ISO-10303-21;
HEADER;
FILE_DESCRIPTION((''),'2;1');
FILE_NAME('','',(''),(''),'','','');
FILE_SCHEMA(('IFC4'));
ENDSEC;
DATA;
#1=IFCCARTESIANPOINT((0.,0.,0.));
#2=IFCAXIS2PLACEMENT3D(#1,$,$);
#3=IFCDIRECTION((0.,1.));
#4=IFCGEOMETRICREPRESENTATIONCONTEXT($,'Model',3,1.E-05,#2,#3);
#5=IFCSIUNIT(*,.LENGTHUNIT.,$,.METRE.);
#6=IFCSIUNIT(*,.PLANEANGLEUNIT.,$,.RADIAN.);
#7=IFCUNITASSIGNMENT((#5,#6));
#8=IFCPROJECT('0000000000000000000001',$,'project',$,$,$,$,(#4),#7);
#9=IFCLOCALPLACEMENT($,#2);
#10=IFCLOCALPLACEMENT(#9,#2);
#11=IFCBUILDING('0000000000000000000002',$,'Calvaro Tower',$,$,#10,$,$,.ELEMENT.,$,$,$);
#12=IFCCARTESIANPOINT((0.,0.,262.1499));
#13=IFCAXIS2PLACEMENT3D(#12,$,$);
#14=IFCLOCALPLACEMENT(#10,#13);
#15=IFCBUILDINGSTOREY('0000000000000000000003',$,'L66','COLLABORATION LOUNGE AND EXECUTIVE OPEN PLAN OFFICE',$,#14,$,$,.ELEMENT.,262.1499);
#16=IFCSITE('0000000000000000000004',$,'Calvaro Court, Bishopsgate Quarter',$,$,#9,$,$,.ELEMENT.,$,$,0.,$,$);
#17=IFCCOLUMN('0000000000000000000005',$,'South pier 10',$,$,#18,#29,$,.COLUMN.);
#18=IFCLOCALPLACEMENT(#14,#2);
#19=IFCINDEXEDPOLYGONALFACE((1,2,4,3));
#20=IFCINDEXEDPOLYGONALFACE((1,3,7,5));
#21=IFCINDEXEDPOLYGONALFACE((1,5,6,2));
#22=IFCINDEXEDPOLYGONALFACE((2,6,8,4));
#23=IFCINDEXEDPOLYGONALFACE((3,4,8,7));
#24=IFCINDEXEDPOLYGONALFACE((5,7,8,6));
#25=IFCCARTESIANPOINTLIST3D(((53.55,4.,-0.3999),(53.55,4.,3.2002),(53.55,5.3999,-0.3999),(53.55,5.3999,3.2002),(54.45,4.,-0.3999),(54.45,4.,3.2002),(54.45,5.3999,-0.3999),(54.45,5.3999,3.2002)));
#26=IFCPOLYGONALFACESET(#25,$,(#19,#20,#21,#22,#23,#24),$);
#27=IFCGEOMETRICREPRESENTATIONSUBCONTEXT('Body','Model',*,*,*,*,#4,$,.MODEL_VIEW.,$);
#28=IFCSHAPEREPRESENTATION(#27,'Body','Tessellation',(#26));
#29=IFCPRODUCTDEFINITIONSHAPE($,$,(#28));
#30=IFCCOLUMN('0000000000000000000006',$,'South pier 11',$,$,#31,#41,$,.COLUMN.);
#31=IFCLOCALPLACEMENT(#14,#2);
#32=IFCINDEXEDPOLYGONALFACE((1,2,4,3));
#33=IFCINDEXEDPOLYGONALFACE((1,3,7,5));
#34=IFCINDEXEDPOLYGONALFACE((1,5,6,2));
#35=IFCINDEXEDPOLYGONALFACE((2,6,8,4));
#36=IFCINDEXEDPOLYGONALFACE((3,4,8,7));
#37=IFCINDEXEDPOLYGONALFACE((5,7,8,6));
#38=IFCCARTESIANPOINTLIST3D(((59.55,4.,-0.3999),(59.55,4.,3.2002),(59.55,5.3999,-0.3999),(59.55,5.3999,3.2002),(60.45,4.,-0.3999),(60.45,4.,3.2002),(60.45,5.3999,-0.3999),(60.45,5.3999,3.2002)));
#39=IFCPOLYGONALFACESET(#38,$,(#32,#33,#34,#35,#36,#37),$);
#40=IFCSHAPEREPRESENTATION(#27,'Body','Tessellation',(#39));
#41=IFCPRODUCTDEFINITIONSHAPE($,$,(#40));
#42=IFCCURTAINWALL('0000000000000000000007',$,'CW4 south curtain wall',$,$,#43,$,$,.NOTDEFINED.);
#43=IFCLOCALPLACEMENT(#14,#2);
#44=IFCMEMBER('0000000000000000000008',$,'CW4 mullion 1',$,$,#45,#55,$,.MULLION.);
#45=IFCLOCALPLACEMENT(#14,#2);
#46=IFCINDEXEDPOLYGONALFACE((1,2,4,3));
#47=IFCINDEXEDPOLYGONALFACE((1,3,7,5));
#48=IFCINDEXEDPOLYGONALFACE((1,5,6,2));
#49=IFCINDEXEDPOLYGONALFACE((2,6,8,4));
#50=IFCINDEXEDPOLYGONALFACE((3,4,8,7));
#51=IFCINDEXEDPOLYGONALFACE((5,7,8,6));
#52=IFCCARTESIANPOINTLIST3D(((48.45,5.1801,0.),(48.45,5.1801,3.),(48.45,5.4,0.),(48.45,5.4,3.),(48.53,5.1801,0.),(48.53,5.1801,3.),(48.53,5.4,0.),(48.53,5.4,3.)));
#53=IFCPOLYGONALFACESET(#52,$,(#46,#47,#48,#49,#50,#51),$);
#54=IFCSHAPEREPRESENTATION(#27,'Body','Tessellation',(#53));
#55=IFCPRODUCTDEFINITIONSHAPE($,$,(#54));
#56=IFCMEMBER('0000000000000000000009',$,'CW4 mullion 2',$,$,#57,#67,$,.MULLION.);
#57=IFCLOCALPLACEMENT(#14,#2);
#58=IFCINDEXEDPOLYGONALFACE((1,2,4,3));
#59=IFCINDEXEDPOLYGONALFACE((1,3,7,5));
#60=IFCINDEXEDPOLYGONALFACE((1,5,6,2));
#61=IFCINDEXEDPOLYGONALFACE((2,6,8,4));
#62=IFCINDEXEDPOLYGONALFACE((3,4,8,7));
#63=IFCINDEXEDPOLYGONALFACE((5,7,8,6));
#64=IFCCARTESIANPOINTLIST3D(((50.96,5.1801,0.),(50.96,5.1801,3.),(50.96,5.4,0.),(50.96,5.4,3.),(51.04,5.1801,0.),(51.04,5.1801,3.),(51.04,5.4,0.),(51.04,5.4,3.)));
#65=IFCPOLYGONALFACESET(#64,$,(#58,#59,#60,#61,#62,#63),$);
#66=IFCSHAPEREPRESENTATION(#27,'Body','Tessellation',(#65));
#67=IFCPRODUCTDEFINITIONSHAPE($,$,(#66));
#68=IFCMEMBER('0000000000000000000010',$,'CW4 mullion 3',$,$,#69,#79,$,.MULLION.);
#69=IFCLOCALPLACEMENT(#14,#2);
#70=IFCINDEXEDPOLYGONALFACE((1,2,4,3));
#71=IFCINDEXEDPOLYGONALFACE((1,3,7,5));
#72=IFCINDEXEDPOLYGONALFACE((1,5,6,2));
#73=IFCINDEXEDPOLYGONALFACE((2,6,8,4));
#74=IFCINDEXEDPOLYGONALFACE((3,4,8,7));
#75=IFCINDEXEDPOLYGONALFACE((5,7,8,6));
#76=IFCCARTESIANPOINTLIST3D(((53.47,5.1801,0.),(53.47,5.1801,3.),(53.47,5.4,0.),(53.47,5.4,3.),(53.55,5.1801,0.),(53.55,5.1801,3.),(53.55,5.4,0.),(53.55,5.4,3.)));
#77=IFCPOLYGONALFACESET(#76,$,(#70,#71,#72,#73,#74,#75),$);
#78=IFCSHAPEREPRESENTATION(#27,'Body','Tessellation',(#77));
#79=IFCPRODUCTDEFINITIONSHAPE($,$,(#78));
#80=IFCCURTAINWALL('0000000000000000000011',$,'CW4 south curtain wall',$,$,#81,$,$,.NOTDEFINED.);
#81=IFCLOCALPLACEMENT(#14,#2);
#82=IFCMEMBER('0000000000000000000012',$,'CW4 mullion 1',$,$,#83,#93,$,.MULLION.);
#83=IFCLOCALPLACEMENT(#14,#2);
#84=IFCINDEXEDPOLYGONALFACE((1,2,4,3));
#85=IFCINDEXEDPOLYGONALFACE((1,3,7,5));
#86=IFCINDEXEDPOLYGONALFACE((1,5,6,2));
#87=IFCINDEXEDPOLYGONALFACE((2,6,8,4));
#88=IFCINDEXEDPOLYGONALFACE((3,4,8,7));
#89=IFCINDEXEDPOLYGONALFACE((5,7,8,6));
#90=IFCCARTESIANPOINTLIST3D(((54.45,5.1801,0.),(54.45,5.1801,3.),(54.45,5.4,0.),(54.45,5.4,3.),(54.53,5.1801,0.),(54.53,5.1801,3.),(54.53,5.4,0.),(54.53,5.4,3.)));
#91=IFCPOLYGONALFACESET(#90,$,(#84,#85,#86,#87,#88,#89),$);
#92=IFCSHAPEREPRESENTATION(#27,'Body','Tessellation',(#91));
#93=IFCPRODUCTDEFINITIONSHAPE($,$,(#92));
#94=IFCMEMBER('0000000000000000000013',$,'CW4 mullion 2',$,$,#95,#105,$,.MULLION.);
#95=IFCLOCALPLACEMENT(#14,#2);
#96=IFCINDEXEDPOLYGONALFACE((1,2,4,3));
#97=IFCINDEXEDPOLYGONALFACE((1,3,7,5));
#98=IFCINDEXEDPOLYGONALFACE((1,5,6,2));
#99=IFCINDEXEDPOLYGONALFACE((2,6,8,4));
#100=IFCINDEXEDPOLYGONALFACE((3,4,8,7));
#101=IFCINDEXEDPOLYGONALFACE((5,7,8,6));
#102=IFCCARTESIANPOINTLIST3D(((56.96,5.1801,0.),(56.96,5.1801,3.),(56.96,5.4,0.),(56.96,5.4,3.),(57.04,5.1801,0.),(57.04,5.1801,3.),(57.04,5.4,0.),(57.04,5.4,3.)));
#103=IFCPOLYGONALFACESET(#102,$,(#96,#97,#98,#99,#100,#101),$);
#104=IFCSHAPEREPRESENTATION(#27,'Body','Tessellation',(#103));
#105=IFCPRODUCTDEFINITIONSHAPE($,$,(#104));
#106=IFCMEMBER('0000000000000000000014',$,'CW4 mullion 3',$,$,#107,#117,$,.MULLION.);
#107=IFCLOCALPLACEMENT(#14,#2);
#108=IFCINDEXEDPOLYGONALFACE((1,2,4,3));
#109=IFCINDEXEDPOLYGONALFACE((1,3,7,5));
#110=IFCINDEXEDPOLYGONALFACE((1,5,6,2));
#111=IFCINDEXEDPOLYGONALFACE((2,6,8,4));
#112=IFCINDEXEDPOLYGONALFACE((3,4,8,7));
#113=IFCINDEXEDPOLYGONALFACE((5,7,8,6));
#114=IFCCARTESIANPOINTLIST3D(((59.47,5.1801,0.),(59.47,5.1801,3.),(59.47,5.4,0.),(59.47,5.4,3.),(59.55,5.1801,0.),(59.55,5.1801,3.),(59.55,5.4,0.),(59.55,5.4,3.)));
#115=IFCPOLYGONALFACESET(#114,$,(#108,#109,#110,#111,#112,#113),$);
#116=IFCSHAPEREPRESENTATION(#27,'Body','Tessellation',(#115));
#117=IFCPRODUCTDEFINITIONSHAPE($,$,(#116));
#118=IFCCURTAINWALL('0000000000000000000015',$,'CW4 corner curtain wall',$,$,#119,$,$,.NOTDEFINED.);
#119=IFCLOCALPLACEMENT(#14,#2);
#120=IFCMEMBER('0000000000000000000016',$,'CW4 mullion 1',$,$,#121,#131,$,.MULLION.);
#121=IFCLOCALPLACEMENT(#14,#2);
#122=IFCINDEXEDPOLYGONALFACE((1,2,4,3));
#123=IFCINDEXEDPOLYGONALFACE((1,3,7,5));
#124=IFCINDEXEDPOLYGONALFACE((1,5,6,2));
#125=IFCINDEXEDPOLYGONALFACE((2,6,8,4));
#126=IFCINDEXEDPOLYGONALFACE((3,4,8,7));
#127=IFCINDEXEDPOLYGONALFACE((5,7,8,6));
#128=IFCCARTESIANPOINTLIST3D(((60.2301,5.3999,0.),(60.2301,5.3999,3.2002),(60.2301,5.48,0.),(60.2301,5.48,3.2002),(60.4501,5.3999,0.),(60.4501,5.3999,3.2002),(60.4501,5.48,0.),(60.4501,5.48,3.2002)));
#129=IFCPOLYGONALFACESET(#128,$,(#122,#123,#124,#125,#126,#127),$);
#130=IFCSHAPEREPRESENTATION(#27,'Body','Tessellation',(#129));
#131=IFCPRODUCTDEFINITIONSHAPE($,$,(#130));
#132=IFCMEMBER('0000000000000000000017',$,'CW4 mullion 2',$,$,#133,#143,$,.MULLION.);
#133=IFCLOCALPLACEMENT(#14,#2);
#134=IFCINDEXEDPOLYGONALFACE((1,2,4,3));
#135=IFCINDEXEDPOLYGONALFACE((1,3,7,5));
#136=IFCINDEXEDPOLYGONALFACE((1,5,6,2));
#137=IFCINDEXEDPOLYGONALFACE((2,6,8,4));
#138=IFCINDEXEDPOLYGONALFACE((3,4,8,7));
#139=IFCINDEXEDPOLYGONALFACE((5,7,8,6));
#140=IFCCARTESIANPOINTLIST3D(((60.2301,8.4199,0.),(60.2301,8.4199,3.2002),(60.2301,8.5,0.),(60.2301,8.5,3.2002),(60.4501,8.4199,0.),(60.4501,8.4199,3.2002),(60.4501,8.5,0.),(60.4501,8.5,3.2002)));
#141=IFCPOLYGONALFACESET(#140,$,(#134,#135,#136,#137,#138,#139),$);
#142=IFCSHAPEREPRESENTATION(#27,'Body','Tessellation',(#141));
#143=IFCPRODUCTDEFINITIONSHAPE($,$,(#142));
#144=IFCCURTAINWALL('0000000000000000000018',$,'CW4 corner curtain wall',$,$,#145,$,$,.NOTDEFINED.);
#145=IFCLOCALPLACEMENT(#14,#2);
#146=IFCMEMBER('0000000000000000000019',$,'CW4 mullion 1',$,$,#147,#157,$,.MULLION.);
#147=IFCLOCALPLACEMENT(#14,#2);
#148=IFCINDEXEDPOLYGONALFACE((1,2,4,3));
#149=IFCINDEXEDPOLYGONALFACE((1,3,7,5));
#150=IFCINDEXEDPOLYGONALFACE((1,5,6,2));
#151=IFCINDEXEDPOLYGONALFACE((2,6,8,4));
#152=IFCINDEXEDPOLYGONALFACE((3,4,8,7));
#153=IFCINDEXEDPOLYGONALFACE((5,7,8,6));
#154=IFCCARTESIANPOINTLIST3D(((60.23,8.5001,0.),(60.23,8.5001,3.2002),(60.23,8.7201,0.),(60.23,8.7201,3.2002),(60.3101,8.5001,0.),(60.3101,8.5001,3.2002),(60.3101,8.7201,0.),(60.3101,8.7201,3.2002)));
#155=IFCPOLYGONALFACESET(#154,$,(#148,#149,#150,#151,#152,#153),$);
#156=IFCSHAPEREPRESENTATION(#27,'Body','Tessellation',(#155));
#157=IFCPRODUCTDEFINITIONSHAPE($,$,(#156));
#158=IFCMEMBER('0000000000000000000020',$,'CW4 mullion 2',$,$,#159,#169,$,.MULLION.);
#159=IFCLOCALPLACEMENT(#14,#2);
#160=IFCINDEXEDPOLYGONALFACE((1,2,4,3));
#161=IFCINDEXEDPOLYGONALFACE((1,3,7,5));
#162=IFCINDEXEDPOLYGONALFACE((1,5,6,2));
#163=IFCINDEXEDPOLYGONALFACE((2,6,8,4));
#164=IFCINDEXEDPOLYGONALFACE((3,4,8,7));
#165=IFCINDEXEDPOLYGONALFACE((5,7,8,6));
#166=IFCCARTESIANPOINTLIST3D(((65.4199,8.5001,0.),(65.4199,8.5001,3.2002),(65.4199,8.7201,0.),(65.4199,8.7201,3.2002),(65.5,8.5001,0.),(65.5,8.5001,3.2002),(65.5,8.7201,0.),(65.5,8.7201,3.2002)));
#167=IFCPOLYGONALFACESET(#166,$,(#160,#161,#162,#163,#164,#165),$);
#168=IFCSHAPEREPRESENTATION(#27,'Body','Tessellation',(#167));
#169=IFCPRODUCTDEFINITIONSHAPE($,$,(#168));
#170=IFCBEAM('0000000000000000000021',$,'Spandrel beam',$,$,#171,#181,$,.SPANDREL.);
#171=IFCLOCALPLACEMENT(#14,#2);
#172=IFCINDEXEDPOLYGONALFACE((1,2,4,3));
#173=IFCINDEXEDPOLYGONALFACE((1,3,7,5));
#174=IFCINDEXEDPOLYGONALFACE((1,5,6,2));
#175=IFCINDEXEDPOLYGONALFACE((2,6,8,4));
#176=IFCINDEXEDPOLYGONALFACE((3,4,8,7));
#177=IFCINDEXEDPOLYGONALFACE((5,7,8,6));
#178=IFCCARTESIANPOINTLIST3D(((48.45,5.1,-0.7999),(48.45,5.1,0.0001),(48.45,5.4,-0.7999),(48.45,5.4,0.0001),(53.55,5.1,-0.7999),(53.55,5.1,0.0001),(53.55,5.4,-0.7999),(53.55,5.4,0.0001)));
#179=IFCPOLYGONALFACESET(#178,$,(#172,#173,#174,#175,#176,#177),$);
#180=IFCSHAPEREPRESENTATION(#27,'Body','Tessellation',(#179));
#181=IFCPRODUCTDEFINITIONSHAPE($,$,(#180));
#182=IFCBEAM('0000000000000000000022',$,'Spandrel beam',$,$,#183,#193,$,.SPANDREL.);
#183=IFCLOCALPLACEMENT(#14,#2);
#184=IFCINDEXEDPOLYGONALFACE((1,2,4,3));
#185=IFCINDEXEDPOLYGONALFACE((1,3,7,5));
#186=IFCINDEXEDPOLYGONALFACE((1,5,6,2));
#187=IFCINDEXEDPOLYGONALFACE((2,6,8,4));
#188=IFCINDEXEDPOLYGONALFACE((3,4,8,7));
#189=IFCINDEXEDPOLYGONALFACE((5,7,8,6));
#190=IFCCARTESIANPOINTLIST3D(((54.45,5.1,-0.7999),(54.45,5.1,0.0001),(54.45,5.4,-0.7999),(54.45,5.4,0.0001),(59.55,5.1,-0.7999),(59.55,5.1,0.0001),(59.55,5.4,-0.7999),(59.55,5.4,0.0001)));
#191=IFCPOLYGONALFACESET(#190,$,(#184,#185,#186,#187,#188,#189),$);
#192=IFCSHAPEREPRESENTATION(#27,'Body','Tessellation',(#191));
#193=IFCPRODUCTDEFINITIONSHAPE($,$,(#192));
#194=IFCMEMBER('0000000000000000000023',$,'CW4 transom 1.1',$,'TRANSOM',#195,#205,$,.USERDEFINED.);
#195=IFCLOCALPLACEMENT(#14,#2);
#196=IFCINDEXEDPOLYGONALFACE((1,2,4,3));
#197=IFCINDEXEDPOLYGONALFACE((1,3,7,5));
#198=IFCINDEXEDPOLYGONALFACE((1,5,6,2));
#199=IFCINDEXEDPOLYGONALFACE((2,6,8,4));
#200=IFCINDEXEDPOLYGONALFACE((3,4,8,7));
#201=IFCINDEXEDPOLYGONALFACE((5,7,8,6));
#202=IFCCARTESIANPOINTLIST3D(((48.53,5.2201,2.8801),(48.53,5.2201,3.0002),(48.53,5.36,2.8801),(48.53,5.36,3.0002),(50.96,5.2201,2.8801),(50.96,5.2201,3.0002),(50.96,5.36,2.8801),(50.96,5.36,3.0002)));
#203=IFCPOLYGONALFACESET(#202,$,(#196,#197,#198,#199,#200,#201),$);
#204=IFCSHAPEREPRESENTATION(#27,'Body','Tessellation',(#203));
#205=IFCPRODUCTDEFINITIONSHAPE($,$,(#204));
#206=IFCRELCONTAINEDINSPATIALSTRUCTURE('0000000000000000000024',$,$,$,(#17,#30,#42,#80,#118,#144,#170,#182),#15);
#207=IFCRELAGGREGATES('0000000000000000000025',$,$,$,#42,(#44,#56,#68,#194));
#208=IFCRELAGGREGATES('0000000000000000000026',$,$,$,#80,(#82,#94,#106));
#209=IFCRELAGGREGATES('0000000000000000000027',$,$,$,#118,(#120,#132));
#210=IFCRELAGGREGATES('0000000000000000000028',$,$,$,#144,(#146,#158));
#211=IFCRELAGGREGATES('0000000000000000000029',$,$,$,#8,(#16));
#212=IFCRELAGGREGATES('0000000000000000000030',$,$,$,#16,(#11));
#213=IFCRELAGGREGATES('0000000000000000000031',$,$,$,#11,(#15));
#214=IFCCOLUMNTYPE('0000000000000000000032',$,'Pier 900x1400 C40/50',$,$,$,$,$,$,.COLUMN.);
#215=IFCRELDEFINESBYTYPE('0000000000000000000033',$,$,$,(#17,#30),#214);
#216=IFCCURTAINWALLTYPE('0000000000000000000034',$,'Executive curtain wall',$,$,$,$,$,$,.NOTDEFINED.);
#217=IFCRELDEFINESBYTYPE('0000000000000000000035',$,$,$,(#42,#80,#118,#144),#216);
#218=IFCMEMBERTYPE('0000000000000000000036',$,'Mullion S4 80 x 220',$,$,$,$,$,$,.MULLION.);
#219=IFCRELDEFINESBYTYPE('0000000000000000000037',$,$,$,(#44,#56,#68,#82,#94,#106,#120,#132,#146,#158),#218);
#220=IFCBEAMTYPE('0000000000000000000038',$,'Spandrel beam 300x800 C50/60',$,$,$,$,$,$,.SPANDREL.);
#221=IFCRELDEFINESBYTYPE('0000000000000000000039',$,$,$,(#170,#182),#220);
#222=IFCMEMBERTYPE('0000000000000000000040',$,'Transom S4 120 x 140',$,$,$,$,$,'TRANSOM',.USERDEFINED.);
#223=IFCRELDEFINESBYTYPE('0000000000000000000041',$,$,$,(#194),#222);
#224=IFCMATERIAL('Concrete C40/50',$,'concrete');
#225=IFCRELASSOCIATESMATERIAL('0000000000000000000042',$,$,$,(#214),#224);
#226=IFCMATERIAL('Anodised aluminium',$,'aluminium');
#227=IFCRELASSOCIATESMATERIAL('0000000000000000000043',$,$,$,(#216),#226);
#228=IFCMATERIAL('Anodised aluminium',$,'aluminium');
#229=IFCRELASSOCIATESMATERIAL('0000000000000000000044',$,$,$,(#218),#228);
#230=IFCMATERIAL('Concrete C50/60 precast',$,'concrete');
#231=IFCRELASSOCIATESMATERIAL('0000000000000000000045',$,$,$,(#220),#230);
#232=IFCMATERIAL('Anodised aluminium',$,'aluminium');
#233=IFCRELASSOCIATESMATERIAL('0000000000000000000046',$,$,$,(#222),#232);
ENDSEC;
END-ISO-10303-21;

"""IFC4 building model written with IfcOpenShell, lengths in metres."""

from ifc_helpers import new_model, si_unit, direction, frame, origin, origin_2d, place, context, subcontext, project, spatial, rectangle, extrude, material, material_profile, profile_set, type_object, element, aggregate, save


model = new_model("IFC4")

# Units and contexts
model_context = context("Model", 3, precision=1e-05, world=origin(), true_north=direction((0.0, 1.0)))
body_context = subcontext(model_context, "Body", "Model", "MODEL_VIEW")
ifc_project = project(units=[si_unit("LENGTHUNIT", "METRE"), si_unit("PLANEANGLEUNIT", "RADIAN")], contexts=[model_context])

# Site, building, storey
site_placement = place(None, origin())
site = spatial("IfcSite", under=ifc_project, at=site_placement, Name="Calvaro Court, Bishopsgate Quarter", CompositionType="ELEMENT", RefElevation=0.0)
building_placement = place(site_placement, origin())
building = spatial("IfcBuilding", under=site, at=building_placement, Name="Calvaro Tower", CompositionType="ELEMENT")
storey_placement = place(building_placement, frame((0.0, 0.0, 262.1499)))
storey = spatial("IfcBuildingStorey", under=building, at=storey_placement, Name="L66", Description="COLLABORATION LOUNGE AND EXECUTIVE OPEN PLAN OFFICE", CompositionType="ELEMENT", Elevation=262.1499)

# Columns
ifc_material_1 = material(Name="Concrete C40/50", Category="concrete")
ifc_material_profile_1 = material_profile(ifc_material_1, rectangle(XDim=0.8999, YDim=1.3999, at=origin_2d()), Name="RC 900x1400")
ifc_profile_set_1 = profile_set([ifc_material_profile_1], Name="Concrete C40/50")
column_type = type_object("IfcColumnType", Name="Pier 900x1400 C40/50", PredefinedType="COLUMN", material=ifc_profile_set_1)
for number, where, z_axis, x_axis, name in (
    (1, (54.0, 4.7, -0.3999), (0.0, 0.0, 1.0), (1.0, 0.0, 0.0), "South pier 10"),
    (2, (60.0, 4.7, -0.3999), (0.0, 0.0, 1.0), (1.0, 0.0, 0.0), "South pier 11"),
):
    element("IfcColumn", number, at=place(storey_placement, frame(where, z_axis=z_axis, x_axis=x_axis)), inside=storey, type_object=column_type, Name=name, PredefinedType="COLUMN", context=body_context, shape_type="SweptSolid", body=[
        extrude(rectangle(XDim=0.8999, YDim=1.3999, at=origin_2d()), origin(), (0.0, 0.0, 1.0), 3.6001),
    ])

# Curtain walls, members
ifc_material_2 = material(Name="Anodised aluminium", Category="aluminium")
curtain_wall_type = type_object("IfcCurtainWallType", Name="Executive curtain wall", PredefinedType="NOTDEFINED", material=ifc_material_2)
curtain_wall_1_placement = place(storey_placement, origin())
curtain_wall_1 = element("IfcCurtainWall", 3, at=curtain_wall_1_placement, inside=storey, type_object=curtain_wall_type, Name="CW4 south curtain wall", PredefinedType="NOTDEFINED")
ifc_material_3 = material(Name="Anodised aluminium", Category="aluminium")
ifc_material_profile_2 = material_profile(ifc_material_3, rectangle(XDim=0.22, YDim=0.0801, at=origin_2d()), Name="Mullion S4 80 x 220")
ifc_profile_set_2 = profile_set([ifc_material_profile_2], Name="Anodised aluminium")
member_type_1 = type_object("IfcMemberType", Name="Mullion S4 80 x 220", PredefinedType="MULLION", material=ifc_profile_set_2)
member_1_placement = place(storey_placement, frame((48.49, 5.29, 0.0), z_axis=(0.0, 0.0, 1.0), x_axis=(0.0, 1.0, 0.0)))
member_1 = element("IfcMember", 4, at=member_1_placement, type_object=member_type_1, Name="CW4 mullion 1", PredefinedType="MULLION", context=body_context, shape_type="SweptSolid", body=[
    extrude(rectangle(XDim=0.22, YDim=0.0801, at=origin_2d()), origin(), (0.0, 0.0, 1.0), 3.0),
])
member_2_placement = place(storey_placement, frame((51.0, 5.29, 0.0), z_axis=(0.0, 0.0, 1.0), x_axis=(0.0, 1.0, 0.0)))
member_2 = element("IfcMember", 5, at=member_2_placement, type_object=member_type_1, Name="CW4 mullion 2", PredefinedType="MULLION", context=body_context, shape_type="SweptSolid", body=[
    extrude(rectangle(XDim=0.22, YDim=0.0801, at=origin_2d()), origin(), (0.0, 0.0, 1.0), 3.0),
])
member_3_placement = place(storey_placement, frame((53.51, 5.29, 0.0), z_axis=(0.0, 0.0, 1.0), x_axis=(0.0, 1.0, 0.0)))
member_3 = element("IfcMember", 6, at=member_3_placement, type_object=member_type_1, Name="CW4 mullion 3", PredefinedType="MULLION", context=body_context, shape_type="SweptSolid", body=[
    extrude(rectangle(XDim=0.22, YDim=0.0801, at=origin_2d()), origin(), (0.0, 0.0, 1.0), 3.0),
])
curtain_wall_2_placement = place(storey_placement, origin())
curtain_wall_2 = element("IfcCurtainWall", 7, at=curtain_wall_2_placement, inside=storey, type_object=curtain_wall_type, Name="CW4 south curtain wall", PredefinedType="NOTDEFINED")
member_4_placement = place(storey_placement, frame((54.49, 5.29, 0.0), z_axis=(0.0, 0.0, 1.0), x_axis=(0.0, 1.0, 0.0)))
member_4 = element("IfcMember", 8, at=member_4_placement, type_object=member_type_1, Name="CW4 mullion 1", PredefinedType="MULLION", context=body_context, shape_type="SweptSolid", body=[
    extrude(rectangle(XDim=0.22, YDim=0.0801, at=origin_2d()), origin(), (0.0, 0.0, 1.0), 3.0),
])
member_5_placement = place(storey_placement, frame((57.0, 5.29, 0.0), z_axis=(0.0, 0.0, 1.0), x_axis=(0.0, 1.0, 0.0)))
member_5 = element("IfcMember", 9, at=member_5_placement, type_object=member_type_1, Name="CW4 mullion 2", PredefinedType="MULLION", context=body_context, shape_type="SweptSolid", body=[
    extrude(rectangle(XDim=0.22, YDim=0.0801, at=origin_2d()), origin(), (0.0, 0.0, 1.0), 3.0),
])
member_6_placement = place(storey_placement, frame((59.51, 5.29, 0.0), z_axis=(0.0, 0.0, 1.0), x_axis=(0.0, 1.0, 0.0)))
member_6 = element("IfcMember", 10, at=member_6_placement, type_object=member_type_1, Name="CW4 mullion 3", PredefinedType="MULLION", context=body_context, shape_type="SweptSolid", body=[
    extrude(rectangle(XDim=0.22, YDim=0.0801, at=origin_2d()), origin(), (0.0, 0.0, 1.0), 3.0),
])
curtain_wall_3_placement = place(storey_placement, origin())
curtain_wall_3 = element("IfcCurtainWall", 11, at=curtain_wall_3_placement, inside=storey, type_object=curtain_wall_type, Name="CW4 corner curtain wall", PredefinedType="NOTDEFINED")
member_7_placement = place(storey_placement, frame((60.3401, 5.4399, 0.0), z_axis=(0.0, 0.0, 1.0), x_axis=(-1.0, 0.0, 0.0)))
member_7 = element("IfcMember", 12, at=member_7_placement, type_object=member_type_1, Name="CW4 mullion 1", PredefinedType="MULLION", context=body_context, shape_type="SweptSolid", body=[
    extrude(rectangle(XDim=0.22, YDim=0.0801, at=origin_2d()), origin(), (0.0, 0.0, 1.0), 3.2002),
])
member_8_placement = place(storey_placement, frame((60.3401, 8.46, 0.0), z_axis=(0.0, 0.0, 1.0), x_axis=(-1.0, 0.0, 0.0)))
member_8 = element("IfcMember", 13, at=member_8_placement, type_object=member_type_1, Name="CW4 mullion 2", PredefinedType="MULLION", context=body_context, shape_type="SweptSolid", body=[
    extrude(rectangle(XDim=0.22, YDim=0.0801, at=origin_2d()), origin(), (0.0, 0.0, 1.0), 3.2002),
])
curtain_wall_4_placement = place(storey_placement, origin())
curtain_wall_4 = element("IfcCurtainWall", 14, at=curtain_wall_4_placement, inside=storey, type_object=curtain_wall_type, Name="CW4 corner curtain wall", PredefinedType="NOTDEFINED")
member_9_placement = place(storey_placement, frame((60.27, 8.6101, 0.0), z_axis=(0.0, 0.0, 1.0), x_axis=(0.0, 1.0, 0.0)))
member_9 = element("IfcMember", 15, at=member_9_placement, type_object=member_type_1, Name="CW4 mullion 1", PredefinedType="MULLION", context=body_context, shape_type="SweptSolid", body=[
    extrude(rectangle(XDim=0.22, YDim=0.0801, at=origin_2d()), origin(), (0.0, 0.0, 1.0), 3.2002),
])
member_10_placement = place(storey_placement, frame((65.46, 8.6101, 0.0), z_axis=(0.0, 0.0, 1.0), x_axis=(0.0, 1.0, 0.0)))
member_10 = element("IfcMember", 16, at=member_10_placement, type_object=member_type_1, Name="CW4 mullion 2", PredefinedType="MULLION", context=body_context, shape_type="SweptSolid", body=[
    extrude(rectangle(XDim=0.22, YDim=0.0801, at=origin_2d()), origin(), (0.0, 0.0, 1.0), 3.2002),
])

# Beams
ifc_material_4 = material(Name="Concrete C50/60 precast", Category="concrete")
ifc_material_profile_3 = material_profile(ifc_material_4, rectangle(XDim=0.3, YDim=0.8, at=origin_2d()), Name="RC 300x800")
ifc_profile_set_3 = profile_set([ifc_material_profile_3], Name="Concrete C50/60 precast")
beam_type = type_object("IfcBeamType", Name="Spandrel beam 300x800 C50/60", PredefinedType="SPANDREL", material=ifc_profile_set_3)
for number, where, z_axis, x_axis, name in (
    (17, (48.45, 5.25, -0.3999), (1.0, 0.0, 0.0), (0.0, 1.0, 0.0), "Spandrel beam"),
    (18, (54.45, 5.25, -0.3999), (1.0, 0.0, 0.0), (0.0, 1.0, 0.0), "Spandrel beam"),
):
    element("IfcBeam", number, at=place(storey_placement, frame(where, z_axis=z_axis, x_axis=x_axis)), inside=storey, type_object=beam_type, Name=name, PredefinedType="SPANDREL", context=body_context, shape_type="SweptSolid", body=[
        extrude(rectangle(XDim=0.3, YDim=0.8, at=origin_2d()), origin(), (0.0, 0.0, 1.0), 5.1001),
    ])

# Member
ifc_material_5 = material(Name="Anodised aluminium", Category="aluminium")
ifc_material_profile_4 = material_profile(ifc_material_5, rectangle(XDim=0.1399, YDim=0.1201, at=origin_2d()), Name="Transom S4 120 x 140")
ifc_profile_set_4 = profile_set([ifc_material_profile_4], Name="Anodised aluminium")
member_type_2 = type_object("IfcMemberType", Name="Transom S4 120 x 140", ElementType="TRANSOM", PredefinedType="USERDEFINED", material=ifc_profile_set_4)
member_11_placement = place(storey_placement, frame((48.53, 5.29, 2.9402), z_axis=(1.0, 0.0, 0.0), x_axis=(0.0, 1.0, 0.0)))
member_11 = element("IfcMember", 19, at=member_11_placement, type_object=member_type_2, Name="CW4 transom 1.1", ObjectType="TRANSOM", PredefinedType="USERDEFINED", context=body_context, shape_type="SweptSolid", body=[
    extrude(rectangle(XDim=0.1399, YDim=0.1201, at=origin_2d()), origin(), (0.0, 0.0, 1.0), 2.4299),
])

aggregate(curtain_wall_1, [member_1, member_2, member_3, member_11])
aggregate(curtain_wall_2, [member_4, member_5, member_6])
aggregate(curtain_wall_3, [member_7, member_8])
aggregate(curtain_wall_4, [member_9, member_10])

save(model, "model.ifc")
